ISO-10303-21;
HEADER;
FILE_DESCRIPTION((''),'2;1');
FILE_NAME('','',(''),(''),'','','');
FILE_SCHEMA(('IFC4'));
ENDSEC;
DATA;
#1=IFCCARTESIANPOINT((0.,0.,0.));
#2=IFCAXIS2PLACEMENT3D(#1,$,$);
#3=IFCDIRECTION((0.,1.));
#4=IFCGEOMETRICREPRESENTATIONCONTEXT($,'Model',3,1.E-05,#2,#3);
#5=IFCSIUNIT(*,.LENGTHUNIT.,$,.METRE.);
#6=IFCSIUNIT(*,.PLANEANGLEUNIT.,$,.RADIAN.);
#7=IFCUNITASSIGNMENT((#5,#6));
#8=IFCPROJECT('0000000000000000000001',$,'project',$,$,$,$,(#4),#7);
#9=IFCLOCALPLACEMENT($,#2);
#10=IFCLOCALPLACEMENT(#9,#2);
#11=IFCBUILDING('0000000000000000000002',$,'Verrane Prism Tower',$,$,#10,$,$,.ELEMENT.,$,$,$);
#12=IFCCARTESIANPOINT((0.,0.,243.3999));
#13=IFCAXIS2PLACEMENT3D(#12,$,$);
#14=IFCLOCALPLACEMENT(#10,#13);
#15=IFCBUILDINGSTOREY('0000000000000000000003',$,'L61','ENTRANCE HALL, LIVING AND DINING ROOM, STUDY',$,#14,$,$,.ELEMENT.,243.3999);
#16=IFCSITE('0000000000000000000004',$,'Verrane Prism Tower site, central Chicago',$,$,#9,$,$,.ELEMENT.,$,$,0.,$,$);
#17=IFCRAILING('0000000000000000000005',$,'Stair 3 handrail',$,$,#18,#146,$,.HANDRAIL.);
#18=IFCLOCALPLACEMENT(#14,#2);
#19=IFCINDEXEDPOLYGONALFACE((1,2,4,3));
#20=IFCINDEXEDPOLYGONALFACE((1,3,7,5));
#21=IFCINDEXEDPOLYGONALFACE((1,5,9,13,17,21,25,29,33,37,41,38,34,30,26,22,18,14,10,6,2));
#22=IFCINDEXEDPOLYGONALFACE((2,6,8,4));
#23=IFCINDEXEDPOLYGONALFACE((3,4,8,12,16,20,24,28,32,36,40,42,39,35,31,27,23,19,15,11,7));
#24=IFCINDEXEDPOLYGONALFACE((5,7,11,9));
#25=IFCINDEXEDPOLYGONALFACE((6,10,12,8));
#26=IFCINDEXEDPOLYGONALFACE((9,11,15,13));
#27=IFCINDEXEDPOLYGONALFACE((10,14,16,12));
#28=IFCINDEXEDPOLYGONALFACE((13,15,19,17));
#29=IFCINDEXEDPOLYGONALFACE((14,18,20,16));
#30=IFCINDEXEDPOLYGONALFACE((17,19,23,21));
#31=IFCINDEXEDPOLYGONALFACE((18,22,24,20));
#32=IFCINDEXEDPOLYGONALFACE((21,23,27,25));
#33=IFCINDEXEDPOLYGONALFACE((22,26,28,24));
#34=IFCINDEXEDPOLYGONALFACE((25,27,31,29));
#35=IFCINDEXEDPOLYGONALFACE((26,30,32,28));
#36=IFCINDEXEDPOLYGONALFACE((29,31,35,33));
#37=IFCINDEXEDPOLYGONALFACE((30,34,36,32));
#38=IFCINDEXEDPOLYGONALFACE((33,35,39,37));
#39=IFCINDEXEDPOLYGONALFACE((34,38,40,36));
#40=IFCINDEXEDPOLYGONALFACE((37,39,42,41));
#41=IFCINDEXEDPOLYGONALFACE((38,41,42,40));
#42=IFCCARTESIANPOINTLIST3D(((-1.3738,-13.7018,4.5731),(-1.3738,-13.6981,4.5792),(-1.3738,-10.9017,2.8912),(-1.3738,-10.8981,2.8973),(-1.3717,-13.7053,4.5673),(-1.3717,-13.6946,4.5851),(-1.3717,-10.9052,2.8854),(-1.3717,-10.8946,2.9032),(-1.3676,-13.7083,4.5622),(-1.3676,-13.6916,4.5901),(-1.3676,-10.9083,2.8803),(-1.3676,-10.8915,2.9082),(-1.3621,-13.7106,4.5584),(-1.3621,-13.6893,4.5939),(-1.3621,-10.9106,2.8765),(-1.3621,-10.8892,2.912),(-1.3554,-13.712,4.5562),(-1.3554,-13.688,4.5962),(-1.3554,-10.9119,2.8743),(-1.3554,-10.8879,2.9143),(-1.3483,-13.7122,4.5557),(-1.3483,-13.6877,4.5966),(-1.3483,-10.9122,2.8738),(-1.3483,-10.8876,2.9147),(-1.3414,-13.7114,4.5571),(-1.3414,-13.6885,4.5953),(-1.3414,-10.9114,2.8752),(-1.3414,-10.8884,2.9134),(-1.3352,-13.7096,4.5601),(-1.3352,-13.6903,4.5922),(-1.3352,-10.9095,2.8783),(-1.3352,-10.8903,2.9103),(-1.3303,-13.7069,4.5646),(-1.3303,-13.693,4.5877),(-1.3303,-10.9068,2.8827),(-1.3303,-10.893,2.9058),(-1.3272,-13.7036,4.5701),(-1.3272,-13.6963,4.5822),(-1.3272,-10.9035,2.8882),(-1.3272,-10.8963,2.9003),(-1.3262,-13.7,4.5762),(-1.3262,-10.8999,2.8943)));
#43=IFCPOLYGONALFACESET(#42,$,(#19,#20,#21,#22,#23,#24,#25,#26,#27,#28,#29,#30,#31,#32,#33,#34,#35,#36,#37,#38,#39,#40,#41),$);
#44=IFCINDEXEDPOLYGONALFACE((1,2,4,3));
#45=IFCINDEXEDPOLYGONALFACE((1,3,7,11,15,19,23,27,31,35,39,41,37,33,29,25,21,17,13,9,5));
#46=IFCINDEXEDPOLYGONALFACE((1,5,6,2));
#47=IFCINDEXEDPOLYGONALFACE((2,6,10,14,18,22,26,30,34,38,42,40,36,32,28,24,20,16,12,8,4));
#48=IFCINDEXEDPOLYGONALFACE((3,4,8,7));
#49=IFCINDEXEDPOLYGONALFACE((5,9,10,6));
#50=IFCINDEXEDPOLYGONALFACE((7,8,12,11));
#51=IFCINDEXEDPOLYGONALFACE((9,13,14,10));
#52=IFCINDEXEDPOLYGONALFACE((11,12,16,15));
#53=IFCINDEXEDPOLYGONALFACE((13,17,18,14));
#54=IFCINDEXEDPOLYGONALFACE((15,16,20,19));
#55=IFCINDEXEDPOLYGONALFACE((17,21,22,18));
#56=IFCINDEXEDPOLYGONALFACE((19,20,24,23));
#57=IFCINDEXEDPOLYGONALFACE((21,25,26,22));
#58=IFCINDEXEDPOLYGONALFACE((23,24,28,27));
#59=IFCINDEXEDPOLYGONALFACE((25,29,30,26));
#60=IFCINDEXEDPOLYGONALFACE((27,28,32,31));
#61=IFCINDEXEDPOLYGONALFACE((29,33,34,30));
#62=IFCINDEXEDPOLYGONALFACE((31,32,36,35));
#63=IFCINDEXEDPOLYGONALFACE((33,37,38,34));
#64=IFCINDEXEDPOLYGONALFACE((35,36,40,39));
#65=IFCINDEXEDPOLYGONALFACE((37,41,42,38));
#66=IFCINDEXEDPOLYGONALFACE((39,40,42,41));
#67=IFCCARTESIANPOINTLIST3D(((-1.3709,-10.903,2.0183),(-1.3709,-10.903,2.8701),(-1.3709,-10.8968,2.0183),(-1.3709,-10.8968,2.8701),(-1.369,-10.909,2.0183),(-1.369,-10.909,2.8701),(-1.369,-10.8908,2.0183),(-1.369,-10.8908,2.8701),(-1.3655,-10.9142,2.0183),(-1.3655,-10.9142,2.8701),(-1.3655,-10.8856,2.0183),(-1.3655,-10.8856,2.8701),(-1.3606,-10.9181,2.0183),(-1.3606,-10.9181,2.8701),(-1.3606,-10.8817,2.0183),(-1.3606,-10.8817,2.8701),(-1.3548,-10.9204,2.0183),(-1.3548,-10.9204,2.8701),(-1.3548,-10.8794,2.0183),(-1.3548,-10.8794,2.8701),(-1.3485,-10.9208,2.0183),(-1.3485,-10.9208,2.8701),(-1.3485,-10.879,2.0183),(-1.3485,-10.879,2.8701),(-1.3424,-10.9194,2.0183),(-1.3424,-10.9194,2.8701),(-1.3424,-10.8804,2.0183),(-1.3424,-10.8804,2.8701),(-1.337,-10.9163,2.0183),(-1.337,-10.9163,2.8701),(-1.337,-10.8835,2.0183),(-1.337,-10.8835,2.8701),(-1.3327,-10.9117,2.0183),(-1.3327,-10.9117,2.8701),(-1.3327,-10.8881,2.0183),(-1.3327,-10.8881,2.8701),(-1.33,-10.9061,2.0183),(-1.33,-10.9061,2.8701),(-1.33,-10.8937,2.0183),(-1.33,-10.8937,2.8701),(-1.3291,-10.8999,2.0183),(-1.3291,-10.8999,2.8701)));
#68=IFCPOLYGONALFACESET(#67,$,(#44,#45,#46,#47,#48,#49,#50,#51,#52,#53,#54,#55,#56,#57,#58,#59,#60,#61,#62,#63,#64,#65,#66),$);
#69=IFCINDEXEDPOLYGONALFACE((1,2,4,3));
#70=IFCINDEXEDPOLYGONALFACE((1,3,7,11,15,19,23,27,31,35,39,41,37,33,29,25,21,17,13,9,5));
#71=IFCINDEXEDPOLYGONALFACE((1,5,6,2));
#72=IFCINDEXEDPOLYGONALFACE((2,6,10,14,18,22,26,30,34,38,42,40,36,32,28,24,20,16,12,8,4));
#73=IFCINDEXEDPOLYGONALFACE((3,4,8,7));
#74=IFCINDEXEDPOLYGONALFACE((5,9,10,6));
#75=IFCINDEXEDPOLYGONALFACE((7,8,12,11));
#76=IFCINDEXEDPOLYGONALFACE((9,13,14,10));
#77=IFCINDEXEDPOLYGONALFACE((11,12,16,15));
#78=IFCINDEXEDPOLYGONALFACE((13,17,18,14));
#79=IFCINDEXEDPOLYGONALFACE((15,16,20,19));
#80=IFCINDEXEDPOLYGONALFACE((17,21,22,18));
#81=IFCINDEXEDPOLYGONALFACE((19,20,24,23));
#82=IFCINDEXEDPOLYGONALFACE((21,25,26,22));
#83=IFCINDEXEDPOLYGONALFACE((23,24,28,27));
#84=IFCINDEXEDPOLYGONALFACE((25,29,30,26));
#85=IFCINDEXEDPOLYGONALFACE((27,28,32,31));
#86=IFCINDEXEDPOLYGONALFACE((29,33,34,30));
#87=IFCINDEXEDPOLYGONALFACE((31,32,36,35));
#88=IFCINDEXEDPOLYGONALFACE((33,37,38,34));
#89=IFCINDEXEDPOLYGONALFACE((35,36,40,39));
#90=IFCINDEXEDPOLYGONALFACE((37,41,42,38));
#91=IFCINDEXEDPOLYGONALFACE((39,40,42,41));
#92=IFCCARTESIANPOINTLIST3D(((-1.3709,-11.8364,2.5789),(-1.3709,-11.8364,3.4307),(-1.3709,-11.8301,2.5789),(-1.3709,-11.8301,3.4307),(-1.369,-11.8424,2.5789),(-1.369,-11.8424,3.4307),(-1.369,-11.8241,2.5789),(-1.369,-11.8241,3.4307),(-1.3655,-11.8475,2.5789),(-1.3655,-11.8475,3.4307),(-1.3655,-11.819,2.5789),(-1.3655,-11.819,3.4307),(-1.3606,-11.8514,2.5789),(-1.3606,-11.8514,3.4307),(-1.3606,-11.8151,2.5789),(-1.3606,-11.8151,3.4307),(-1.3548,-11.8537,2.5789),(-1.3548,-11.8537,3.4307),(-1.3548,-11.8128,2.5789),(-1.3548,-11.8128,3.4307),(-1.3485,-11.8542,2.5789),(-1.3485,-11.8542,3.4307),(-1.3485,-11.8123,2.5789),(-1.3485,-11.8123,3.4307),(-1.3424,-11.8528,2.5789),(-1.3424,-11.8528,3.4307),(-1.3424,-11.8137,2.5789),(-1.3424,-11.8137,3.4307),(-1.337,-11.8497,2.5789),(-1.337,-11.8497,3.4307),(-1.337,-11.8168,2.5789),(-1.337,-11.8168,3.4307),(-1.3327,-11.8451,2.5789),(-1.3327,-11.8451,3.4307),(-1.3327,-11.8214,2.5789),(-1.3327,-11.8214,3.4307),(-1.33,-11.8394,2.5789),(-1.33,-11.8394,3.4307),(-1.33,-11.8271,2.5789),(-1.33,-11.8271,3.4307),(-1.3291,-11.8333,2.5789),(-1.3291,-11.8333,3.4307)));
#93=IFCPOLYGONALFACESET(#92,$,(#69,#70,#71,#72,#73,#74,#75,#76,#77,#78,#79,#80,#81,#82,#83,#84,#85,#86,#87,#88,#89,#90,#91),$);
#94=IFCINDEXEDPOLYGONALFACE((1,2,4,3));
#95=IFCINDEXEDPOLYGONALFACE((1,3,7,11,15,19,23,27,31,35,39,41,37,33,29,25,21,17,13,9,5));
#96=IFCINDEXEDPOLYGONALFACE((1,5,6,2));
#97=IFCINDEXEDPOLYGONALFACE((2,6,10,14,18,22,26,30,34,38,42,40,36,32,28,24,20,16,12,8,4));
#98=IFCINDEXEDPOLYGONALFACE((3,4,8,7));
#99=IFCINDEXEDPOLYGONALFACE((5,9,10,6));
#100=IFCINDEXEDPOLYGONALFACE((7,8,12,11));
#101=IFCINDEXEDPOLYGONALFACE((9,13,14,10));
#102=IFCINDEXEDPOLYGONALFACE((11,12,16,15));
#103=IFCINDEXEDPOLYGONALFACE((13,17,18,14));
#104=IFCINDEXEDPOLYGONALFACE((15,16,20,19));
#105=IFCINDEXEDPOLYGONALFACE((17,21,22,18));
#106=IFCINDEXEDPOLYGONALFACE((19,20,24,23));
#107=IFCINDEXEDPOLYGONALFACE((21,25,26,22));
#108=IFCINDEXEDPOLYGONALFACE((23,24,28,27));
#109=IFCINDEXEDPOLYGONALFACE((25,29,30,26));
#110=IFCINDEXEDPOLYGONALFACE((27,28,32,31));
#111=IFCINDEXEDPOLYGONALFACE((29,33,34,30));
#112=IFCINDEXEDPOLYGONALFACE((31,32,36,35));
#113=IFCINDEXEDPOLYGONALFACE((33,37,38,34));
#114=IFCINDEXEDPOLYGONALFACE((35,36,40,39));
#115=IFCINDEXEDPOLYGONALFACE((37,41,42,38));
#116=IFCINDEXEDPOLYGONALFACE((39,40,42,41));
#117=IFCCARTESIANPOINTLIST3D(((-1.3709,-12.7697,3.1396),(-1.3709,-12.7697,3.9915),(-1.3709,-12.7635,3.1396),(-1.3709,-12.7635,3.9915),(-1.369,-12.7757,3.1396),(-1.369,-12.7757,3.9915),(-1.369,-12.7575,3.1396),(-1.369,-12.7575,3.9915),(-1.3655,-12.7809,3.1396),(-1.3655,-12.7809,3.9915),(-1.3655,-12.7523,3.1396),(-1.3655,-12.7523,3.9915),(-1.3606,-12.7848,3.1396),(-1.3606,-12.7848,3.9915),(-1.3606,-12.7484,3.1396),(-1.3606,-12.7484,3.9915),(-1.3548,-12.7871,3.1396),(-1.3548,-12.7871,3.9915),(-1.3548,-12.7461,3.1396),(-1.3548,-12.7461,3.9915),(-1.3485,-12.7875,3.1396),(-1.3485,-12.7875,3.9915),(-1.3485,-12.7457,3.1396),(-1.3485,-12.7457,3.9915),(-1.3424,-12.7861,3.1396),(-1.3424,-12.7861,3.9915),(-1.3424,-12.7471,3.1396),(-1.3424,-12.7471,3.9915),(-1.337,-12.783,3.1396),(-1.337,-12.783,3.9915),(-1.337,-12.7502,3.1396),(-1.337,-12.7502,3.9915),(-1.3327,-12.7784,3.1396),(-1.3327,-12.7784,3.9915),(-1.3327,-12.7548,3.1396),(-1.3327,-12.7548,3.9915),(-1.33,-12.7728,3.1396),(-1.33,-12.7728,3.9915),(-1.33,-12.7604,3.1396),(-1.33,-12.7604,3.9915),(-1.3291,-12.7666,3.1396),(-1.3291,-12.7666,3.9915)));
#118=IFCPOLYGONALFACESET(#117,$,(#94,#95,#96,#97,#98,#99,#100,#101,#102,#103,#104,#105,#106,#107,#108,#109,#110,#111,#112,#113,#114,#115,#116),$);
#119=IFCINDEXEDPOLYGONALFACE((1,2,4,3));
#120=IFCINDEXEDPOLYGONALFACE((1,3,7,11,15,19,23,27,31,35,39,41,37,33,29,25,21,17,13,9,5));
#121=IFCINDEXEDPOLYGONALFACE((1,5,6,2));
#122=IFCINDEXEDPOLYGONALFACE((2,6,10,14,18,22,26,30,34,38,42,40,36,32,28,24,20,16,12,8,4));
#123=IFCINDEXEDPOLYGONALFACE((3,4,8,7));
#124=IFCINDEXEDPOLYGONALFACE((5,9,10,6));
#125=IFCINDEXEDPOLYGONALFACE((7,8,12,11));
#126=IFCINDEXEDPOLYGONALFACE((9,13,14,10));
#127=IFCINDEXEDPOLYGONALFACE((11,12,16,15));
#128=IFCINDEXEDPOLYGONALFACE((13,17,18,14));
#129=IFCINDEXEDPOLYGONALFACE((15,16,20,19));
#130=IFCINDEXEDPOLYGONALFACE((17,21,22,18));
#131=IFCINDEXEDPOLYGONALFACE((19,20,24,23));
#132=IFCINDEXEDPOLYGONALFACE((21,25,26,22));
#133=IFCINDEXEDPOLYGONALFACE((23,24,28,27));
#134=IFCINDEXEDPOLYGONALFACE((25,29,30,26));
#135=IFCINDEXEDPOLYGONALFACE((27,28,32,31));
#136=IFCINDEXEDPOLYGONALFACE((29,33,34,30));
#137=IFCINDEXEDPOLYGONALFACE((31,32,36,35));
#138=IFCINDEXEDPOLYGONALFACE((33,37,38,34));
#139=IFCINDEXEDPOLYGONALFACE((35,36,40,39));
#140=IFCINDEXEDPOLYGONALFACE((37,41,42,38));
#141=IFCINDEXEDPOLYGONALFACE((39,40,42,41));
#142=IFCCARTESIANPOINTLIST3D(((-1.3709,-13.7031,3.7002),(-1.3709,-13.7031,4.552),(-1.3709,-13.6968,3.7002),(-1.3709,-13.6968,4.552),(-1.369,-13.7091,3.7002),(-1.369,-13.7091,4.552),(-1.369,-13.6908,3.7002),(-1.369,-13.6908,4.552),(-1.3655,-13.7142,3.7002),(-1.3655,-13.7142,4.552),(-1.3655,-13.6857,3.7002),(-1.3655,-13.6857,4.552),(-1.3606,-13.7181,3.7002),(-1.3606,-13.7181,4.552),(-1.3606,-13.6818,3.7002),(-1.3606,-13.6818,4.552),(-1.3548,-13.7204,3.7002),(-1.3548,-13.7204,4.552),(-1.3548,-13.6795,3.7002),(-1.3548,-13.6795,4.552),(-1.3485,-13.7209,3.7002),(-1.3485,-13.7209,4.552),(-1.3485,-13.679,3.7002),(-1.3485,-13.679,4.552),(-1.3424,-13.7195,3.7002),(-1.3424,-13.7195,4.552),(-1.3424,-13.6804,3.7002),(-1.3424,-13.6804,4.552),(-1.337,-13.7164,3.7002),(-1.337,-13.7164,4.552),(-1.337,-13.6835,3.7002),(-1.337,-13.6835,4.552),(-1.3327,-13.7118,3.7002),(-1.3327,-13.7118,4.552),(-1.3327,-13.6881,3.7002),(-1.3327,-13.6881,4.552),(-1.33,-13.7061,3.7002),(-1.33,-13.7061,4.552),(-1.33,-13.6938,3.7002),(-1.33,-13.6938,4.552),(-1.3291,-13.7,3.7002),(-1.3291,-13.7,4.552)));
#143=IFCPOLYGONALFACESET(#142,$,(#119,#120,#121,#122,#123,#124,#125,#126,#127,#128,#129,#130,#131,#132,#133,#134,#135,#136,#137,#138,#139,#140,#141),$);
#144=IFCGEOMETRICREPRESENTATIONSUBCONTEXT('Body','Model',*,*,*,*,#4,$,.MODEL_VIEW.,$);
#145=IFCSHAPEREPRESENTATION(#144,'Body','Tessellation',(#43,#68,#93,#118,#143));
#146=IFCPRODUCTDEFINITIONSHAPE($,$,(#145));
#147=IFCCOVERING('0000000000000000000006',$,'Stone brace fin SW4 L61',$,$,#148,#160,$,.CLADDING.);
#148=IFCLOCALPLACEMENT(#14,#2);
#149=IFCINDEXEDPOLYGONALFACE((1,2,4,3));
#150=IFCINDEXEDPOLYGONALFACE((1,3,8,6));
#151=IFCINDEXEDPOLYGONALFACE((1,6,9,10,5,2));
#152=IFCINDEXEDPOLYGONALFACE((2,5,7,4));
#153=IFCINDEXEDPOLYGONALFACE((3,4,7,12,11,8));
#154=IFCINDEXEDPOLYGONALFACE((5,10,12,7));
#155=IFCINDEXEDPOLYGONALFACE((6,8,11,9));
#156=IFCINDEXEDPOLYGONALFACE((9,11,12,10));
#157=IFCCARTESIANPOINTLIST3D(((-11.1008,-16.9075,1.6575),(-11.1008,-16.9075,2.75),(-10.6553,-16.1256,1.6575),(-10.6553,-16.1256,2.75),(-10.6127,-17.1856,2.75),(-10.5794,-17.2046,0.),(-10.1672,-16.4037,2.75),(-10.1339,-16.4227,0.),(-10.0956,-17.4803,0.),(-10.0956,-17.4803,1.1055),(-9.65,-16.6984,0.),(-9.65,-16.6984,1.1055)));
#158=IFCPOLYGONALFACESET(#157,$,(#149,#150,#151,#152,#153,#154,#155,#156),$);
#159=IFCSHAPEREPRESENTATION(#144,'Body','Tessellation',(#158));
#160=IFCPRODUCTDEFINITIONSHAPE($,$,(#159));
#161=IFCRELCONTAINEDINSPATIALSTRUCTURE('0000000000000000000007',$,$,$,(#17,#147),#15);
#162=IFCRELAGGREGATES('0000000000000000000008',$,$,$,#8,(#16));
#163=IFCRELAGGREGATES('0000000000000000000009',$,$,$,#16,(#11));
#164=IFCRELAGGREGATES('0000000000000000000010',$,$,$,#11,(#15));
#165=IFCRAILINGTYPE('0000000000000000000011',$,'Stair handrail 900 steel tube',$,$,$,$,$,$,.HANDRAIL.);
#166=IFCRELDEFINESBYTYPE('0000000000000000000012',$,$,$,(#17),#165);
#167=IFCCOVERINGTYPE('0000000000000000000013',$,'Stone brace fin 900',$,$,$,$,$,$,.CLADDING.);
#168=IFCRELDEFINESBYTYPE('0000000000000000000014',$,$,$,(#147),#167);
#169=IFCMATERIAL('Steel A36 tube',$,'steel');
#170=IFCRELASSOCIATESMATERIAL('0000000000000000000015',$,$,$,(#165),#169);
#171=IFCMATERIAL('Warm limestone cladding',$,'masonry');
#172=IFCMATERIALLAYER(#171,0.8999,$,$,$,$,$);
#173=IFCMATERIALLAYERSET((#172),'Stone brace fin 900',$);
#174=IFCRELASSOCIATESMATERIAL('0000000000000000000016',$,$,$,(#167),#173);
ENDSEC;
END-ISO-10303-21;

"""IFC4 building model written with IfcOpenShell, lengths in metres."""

from ifc_helpers import new_model, si_unit, direction, frame, origin, origin_2d, place, context, subcontext, project, spatial, polyline, circle, outline, extrude, material, layer, layer_set, type_object, element, save


model = new_model("IFC4")

# Units and contexts
model_context = context("Model", 3, precision=1e-05, world=origin(), true_north=direction((0.0, 1.0)))
body_context = subcontext(model_context, "Body", "Model", "MODEL_VIEW")
ifc_project = project(units=[si_unit("LENGTHUNIT", "METRE"), si_unit("PLANEANGLEUNIT", "RADIAN")], contexts=[model_context])

# Site, building, storey
site_placement = place(None, origin())
site = spatial("IfcSite", under=ifc_project, at=site_placement, Name="Verrane Prism Tower site, central Chicago", CompositionType="ELEMENT", RefElevation=0.0)
building_placement = place(site_placement, origin())
building = spatial("IfcBuilding", under=site, at=building_placement, Name="Verrane Prism Tower", CompositionType="ELEMENT")
storey_placement = place(building_placement, frame((0.0, 0.0, 243.3999)))
storey = spatial("IfcBuildingStorey", under=building, at=storey_placement, Name="L61", Description="ENTRANCE HALL, LIVING AND DINING ROOM, STUDY", CompositionType="ELEMENT", Elevation=243.3999)

# Railing
ifc_material_1 = material(Name="Steel A36 tube", Category="steel")
railing_type = type_object("IfcRailingType", Name="Stair handrail 900 steel tube", PredefinedType="HANDRAIL", material=ifc_material_1)
railing_placement = place(storey_placement, frame((-1.3501, -10.8999, 2.0183)))
element("IfcRailing", 1, at=railing_placement, inside=storey, type_object=railing_type, Name="Stair 3 handrail", PredefinedType="HANDRAIL", context=body_context, shape_type="SweptSolid", body=[
    extrude(circle(Radius=0.0239, at=origin_2d()), frame((0.0, 0.0, 0.876), z_axis=(0.0, -0.857242, 0.514913), x_axis=(1.0, 0.0, 0.0)), (0.0, 0.0, 1.0), 3.2664),
    extrude(circle(Radius=0.021, at=origin_2d()), origin(), (0.0, 0.0, 1.0), 0.8518),
    extrude(circle(Radius=0.021, at=origin_2d()), frame((0.0, -0.9333, 0.5605)), (0.0, 0.0, 1.0), 0.8518),
    extrude(circle(Radius=0.021, at=origin_2d()), frame((0.0, -1.8667, 1.1213)), (0.0, 0.0, 1.0), 0.8518),
    extrude(circle(Radius=0.021, at=origin_2d()), frame((0.0, -2.8, 1.6819)), (0.0, 0.0, 1.0), 0.8518),
])

# Covering
ifc_material_2 = material(Name="Warm limestone cladding", Category="masonry")
ifc_layer_1 = layer(ifc_material_2, 0.8999)
ifc_layer_set_1 = layer_set([ifc_layer_1], Name="Stone brace fin 900")
covering_type = type_object("IfcCoveringType", Name="Stone brace fin 900", PredefinedType="CLADDING", material=ifc_layer_set_1)
covering_placement = place(storey_placement, frame((-9.8728, -17.0894, 0.0), z_axis=(0.0, 0.0, 1.0), x_axis=(-0.86884, 0.495093, 0.0)))
element("IfcCovering", 2, at=covering_placement, inside=storey, type_object=covering_type, Name="Stone brace fin SW4 L61", PredefinedType="CLADDING", context=body_context, shape_type="SweptSolid", body=[
    extrude(outline(polyline([(1.157, 2.75), (0.5952, 2.75), (0.0, 1.1055), (0.0, 0.0), (0.5569, 0.0), (1.157, 1.6575), (1.157, 2.75)])), frame((0.0, 0.45, 0.0), z_axis=(0.0, -1.0, 0.0), x_axis=(1.0, 0.0, 0.0)), (0.0, 0.0, 1.0), 0.8999),
])

save(model, "model.ifc")
